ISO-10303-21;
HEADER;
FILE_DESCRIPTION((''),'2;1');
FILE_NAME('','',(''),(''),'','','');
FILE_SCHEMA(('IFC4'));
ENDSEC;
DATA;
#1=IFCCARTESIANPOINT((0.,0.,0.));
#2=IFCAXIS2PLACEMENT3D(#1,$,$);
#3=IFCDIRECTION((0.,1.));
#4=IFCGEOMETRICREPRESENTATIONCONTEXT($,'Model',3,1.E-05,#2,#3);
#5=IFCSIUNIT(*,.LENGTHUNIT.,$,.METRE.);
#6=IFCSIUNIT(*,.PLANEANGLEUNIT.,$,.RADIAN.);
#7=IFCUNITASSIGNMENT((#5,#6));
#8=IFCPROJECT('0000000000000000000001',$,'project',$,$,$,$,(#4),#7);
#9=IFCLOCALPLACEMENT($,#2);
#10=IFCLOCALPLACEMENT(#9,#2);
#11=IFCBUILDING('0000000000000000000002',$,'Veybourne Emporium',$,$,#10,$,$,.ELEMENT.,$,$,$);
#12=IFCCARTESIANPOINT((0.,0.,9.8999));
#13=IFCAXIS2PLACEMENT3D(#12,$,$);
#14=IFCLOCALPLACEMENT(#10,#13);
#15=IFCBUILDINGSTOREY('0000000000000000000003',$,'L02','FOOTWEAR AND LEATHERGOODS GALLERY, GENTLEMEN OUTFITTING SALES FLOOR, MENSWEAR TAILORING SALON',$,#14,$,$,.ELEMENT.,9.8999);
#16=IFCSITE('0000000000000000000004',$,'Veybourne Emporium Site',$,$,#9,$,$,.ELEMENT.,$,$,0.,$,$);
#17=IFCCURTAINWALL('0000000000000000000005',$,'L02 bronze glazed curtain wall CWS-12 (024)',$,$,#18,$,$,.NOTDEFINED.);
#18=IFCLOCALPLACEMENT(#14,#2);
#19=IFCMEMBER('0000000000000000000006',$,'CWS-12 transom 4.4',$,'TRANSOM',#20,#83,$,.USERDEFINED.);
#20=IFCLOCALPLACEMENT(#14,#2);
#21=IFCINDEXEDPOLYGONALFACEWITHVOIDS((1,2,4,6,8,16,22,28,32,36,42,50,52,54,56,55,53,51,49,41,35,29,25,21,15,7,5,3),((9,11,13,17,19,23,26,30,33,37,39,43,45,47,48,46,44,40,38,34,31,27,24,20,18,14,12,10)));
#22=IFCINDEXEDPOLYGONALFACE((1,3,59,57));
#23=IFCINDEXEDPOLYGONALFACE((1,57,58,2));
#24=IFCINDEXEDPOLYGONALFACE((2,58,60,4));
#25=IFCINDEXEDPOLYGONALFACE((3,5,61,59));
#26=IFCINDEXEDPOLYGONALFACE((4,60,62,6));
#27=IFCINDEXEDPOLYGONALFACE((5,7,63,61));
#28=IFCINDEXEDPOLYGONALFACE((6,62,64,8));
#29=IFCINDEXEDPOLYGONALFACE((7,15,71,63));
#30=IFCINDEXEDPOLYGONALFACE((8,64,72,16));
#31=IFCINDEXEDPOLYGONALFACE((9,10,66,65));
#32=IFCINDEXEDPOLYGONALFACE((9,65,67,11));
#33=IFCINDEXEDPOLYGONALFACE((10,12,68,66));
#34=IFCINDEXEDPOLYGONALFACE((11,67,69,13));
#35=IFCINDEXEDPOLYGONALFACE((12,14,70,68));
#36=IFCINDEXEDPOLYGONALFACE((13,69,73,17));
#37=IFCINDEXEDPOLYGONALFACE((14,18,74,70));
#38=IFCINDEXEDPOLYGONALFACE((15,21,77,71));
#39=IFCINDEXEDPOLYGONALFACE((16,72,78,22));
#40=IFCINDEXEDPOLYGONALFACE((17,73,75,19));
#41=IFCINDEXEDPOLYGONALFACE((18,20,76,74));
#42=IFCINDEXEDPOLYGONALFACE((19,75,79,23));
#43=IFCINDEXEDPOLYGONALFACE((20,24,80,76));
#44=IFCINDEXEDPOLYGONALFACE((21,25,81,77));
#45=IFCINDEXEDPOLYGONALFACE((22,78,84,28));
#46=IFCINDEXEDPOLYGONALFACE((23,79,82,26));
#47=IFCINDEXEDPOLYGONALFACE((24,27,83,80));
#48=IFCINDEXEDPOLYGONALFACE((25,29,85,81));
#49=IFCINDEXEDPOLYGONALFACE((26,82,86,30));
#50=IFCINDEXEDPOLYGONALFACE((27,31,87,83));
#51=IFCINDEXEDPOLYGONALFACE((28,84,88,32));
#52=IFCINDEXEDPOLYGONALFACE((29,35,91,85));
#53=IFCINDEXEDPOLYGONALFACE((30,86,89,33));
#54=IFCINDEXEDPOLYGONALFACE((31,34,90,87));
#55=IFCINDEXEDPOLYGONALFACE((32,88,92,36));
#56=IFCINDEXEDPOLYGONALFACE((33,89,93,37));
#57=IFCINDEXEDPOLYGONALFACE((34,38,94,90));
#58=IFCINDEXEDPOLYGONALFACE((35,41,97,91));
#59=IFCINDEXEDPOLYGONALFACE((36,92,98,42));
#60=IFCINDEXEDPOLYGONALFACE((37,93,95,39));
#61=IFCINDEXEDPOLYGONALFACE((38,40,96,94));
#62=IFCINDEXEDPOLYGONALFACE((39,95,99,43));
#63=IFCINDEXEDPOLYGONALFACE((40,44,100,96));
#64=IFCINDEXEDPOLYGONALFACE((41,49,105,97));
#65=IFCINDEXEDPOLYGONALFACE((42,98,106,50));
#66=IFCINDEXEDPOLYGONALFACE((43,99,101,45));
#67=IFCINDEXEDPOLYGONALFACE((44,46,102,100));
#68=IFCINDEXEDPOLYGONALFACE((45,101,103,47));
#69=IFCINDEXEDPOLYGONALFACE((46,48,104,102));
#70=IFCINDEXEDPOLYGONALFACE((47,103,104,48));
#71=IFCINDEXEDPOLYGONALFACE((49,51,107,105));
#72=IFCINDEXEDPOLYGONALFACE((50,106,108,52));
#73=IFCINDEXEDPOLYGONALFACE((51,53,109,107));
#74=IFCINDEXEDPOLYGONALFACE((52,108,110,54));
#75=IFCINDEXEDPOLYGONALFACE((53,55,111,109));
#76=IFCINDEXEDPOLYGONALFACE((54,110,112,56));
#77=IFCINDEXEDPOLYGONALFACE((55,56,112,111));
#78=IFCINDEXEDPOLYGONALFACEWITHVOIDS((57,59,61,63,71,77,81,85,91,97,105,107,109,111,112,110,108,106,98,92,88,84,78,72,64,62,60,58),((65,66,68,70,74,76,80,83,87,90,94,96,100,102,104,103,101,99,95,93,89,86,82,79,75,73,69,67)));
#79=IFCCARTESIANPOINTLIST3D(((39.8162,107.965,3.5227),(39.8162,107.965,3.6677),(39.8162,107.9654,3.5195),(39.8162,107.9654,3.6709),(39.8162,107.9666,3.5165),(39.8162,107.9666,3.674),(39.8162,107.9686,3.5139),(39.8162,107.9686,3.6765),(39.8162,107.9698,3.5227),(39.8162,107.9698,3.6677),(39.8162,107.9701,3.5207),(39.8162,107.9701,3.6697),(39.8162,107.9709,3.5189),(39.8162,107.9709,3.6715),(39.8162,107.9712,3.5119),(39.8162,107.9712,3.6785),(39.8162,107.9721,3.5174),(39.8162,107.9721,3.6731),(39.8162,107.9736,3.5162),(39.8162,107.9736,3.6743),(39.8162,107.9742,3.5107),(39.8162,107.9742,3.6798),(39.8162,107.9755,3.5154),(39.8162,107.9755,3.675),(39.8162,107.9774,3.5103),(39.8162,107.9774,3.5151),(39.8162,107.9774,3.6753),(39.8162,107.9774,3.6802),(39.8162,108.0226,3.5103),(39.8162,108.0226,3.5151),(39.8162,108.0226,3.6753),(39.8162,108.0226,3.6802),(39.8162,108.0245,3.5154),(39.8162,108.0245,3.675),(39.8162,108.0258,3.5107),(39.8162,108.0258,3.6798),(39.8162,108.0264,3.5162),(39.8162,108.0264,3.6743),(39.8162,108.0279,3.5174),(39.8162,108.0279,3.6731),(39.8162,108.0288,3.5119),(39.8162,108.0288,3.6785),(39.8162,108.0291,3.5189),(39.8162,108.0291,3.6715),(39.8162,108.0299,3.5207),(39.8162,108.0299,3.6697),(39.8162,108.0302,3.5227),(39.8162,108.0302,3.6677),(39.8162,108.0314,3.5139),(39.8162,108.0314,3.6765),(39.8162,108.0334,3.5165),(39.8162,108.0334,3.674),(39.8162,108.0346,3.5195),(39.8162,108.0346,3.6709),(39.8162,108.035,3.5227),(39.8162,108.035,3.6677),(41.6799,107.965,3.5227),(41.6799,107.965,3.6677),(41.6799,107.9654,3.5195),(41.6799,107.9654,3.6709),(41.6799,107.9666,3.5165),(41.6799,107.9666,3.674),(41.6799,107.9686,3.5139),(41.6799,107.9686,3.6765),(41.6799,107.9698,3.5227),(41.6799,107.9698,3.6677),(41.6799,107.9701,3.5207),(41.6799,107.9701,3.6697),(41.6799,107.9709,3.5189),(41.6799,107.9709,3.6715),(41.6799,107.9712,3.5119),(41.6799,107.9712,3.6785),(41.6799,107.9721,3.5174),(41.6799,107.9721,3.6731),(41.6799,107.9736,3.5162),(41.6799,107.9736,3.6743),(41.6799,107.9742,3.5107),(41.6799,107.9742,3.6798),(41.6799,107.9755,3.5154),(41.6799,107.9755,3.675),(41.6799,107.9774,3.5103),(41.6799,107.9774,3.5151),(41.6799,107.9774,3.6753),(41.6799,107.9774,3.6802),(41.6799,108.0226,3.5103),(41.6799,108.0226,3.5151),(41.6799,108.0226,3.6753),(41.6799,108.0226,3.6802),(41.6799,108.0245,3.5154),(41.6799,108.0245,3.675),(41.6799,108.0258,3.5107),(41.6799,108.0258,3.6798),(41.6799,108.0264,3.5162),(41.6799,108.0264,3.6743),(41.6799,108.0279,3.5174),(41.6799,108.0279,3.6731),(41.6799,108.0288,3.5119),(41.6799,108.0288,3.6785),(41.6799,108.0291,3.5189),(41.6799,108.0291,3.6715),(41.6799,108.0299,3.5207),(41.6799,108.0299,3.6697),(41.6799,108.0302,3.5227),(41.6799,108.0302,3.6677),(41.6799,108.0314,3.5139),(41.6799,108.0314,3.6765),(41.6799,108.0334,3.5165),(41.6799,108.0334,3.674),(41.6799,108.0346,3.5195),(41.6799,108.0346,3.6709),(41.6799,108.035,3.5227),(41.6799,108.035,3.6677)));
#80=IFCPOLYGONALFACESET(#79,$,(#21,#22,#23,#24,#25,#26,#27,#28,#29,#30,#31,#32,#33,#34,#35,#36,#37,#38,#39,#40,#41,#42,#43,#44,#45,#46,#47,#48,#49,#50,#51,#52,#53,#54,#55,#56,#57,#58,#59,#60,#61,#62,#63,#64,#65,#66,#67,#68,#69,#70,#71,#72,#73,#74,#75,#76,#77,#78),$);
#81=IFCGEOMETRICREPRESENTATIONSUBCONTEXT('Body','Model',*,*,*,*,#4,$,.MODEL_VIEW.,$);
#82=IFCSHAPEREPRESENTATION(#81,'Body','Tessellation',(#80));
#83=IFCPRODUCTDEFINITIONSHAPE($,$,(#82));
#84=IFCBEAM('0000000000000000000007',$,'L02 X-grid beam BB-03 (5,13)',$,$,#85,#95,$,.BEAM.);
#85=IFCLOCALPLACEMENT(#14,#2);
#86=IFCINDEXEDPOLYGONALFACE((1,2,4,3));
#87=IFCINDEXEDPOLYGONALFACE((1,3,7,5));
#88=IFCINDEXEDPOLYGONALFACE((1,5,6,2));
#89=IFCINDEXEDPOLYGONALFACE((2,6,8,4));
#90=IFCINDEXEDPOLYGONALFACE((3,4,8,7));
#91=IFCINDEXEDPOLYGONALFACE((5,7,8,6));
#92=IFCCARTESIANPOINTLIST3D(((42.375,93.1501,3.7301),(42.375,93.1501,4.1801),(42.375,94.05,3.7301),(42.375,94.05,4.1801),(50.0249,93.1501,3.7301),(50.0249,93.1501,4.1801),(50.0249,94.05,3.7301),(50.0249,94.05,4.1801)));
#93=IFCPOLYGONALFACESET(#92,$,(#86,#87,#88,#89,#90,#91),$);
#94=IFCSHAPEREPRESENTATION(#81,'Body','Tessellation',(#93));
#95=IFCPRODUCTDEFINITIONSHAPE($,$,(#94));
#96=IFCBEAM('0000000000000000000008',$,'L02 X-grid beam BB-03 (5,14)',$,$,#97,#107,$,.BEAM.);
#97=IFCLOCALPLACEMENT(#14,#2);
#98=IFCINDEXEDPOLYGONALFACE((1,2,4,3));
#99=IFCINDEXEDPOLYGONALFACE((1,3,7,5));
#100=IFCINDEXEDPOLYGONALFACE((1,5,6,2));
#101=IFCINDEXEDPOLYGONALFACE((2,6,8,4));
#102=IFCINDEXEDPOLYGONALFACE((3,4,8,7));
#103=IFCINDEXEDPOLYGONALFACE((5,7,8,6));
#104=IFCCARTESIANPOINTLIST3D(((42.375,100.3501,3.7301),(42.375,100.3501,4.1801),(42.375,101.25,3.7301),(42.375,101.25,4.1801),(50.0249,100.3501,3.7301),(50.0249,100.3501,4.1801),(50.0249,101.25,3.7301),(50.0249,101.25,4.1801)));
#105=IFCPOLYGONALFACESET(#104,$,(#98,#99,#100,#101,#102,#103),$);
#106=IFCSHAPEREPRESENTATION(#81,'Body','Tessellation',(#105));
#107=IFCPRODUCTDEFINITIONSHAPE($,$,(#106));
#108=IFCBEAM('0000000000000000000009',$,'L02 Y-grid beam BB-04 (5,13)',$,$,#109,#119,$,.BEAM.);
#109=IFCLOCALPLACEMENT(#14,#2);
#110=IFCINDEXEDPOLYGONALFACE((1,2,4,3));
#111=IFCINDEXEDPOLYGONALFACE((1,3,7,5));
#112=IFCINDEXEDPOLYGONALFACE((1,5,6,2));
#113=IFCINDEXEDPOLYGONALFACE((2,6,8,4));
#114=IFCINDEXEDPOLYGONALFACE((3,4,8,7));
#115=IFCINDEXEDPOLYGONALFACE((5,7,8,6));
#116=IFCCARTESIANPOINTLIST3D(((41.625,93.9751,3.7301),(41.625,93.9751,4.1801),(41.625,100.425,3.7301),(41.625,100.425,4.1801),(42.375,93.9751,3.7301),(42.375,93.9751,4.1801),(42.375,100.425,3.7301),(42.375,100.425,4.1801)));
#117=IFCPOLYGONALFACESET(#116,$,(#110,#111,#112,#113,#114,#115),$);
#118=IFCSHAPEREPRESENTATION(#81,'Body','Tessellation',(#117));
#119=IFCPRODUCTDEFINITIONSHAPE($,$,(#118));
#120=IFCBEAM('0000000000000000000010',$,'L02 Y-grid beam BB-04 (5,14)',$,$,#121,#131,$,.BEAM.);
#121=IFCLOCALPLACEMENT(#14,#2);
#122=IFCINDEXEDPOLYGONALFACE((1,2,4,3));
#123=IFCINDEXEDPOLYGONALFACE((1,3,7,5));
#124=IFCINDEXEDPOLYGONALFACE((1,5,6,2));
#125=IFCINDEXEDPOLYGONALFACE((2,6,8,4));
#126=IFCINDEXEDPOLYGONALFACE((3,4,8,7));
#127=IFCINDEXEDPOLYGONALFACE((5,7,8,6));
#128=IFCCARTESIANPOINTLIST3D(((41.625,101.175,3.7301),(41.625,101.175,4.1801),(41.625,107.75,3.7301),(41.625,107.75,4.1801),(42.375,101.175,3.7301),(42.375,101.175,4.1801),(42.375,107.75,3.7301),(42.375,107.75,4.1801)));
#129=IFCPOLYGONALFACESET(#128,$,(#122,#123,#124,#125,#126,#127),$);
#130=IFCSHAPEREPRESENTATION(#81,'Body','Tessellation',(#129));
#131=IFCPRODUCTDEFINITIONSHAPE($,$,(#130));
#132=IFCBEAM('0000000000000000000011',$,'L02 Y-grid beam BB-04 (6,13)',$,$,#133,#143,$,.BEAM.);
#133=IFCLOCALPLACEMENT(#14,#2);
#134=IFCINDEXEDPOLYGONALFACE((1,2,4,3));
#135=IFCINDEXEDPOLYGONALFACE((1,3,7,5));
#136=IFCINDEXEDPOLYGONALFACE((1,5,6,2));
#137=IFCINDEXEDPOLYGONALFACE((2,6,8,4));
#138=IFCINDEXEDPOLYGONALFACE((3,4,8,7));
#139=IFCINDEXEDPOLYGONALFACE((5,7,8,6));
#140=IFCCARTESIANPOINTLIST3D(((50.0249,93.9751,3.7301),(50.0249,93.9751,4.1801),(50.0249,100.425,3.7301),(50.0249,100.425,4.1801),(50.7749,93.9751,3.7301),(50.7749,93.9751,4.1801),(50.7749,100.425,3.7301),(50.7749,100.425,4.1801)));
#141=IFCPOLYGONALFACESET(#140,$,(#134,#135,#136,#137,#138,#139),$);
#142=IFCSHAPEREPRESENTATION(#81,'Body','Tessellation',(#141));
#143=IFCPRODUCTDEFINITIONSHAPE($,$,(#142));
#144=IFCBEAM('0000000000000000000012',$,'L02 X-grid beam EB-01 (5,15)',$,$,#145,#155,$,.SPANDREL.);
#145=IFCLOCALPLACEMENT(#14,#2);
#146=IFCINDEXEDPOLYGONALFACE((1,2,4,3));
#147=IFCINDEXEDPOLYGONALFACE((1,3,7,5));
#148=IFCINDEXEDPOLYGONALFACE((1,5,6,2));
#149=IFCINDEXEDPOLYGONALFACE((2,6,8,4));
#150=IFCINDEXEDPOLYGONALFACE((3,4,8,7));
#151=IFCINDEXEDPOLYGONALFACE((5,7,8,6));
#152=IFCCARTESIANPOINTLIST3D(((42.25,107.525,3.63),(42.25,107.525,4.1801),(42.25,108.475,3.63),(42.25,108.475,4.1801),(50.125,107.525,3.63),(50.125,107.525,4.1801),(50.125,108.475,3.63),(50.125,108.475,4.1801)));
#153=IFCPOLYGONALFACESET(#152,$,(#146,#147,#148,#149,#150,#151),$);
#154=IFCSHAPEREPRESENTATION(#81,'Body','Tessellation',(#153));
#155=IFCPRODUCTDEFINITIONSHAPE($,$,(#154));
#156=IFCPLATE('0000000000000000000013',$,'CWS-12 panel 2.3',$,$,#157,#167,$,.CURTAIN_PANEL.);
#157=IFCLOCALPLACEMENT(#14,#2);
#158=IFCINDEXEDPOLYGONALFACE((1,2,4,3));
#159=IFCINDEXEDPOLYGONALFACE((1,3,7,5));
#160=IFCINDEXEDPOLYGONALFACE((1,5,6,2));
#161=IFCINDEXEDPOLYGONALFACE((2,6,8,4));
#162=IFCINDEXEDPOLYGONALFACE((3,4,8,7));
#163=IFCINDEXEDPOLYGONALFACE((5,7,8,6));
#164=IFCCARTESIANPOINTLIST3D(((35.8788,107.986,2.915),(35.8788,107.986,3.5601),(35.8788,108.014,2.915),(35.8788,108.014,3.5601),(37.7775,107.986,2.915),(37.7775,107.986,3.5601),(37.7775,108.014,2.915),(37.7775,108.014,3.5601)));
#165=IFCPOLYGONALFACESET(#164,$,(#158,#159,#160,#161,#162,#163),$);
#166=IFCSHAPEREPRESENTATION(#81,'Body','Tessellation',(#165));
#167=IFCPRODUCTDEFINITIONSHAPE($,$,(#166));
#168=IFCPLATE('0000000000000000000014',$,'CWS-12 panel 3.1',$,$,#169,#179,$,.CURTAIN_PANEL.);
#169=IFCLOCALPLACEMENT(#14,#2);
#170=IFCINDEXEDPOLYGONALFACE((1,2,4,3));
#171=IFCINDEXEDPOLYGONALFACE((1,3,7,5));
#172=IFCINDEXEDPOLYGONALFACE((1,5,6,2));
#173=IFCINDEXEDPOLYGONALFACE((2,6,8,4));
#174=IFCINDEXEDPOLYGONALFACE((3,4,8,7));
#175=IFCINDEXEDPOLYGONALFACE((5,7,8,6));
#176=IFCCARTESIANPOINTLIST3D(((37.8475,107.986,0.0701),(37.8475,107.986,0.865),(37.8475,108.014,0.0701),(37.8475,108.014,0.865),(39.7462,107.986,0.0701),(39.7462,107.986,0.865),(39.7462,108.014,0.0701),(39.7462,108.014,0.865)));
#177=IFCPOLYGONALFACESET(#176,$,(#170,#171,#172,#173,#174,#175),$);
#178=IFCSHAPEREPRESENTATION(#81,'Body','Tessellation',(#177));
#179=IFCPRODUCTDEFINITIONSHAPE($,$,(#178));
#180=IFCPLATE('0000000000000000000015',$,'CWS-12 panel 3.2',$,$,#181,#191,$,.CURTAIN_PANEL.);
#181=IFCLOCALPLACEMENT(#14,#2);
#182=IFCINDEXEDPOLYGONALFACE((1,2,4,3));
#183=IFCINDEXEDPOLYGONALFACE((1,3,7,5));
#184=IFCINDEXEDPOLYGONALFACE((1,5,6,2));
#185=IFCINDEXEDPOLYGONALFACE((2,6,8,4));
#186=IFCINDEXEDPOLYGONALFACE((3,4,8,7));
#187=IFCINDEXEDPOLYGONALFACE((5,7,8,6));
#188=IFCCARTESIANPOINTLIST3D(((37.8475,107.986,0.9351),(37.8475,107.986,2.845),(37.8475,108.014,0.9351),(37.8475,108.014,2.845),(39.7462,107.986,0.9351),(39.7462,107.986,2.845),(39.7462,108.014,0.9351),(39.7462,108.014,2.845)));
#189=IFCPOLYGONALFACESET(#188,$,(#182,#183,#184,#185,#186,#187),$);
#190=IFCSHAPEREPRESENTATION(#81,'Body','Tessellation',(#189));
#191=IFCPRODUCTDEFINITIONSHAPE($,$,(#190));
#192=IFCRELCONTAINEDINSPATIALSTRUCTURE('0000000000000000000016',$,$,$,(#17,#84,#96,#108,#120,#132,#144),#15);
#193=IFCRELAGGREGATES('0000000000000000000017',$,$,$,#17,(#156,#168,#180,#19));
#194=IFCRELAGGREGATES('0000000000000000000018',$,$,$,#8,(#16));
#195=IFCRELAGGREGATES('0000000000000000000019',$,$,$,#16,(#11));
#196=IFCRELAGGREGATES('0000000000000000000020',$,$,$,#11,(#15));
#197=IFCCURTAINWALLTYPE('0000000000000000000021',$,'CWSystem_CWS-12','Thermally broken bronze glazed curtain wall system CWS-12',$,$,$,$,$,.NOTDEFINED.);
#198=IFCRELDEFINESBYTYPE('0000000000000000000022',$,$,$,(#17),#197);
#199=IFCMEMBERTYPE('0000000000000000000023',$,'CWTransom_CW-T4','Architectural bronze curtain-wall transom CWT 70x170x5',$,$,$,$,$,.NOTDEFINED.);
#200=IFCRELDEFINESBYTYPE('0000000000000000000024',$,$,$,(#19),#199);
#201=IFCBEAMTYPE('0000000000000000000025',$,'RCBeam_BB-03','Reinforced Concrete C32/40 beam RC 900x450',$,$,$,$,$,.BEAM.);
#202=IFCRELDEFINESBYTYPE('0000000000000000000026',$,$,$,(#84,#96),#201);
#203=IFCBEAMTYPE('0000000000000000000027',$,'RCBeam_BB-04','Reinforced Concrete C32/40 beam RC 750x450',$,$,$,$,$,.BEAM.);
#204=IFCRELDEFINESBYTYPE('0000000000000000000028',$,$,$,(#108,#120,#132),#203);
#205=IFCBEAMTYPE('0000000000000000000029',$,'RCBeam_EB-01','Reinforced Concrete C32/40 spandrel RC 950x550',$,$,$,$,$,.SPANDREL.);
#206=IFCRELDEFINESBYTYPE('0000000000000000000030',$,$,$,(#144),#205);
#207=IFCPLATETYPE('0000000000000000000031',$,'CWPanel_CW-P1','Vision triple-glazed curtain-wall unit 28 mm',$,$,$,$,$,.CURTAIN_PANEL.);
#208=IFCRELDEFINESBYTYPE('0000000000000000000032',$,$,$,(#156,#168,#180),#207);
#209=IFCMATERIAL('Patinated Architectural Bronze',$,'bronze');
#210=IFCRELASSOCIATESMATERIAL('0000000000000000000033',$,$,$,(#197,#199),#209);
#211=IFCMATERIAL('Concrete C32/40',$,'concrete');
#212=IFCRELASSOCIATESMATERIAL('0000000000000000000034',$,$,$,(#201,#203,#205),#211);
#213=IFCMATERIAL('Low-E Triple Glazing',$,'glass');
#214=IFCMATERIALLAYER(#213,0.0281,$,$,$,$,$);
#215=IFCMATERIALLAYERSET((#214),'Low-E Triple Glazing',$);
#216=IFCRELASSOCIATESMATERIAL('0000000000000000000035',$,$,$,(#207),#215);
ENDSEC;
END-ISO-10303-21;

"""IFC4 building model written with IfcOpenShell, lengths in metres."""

from ifc_helpers import new_model, si_unit, direction, frame, origin, origin_2d, place, context, subcontext, project, spatial, rectangle, hollow_rectangle, extrude, material, layer, layer_set, material_profile, profile_set, type_object, element, aggregate, save


model = new_model("IFC4")

# Units and contexts
model_context = context("Model", 3, precision=1e-05, world=origin(), true_north=direction((0.0, 1.0)))
body_context = subcontext(model_context, "Body", "Model", "MODEL_VIEW")
ifc_project = project(units=[si_unit("LENGTHUNIT", "METRE"), si_unit("PLANEANGLEUNIT", "RADIAN")], contexts=[model_context])

# Site, building, storey
site_placement = place(None, origin())
site = spatial("IfcSite", under=ifc_project, at=site_placement, Name="Veybourne Emporium Site", CompositionType="ELEMENT", RefElevation=0.0)
building_placement = place(site_placement, origin())
building = spatial("IfcBuilding", under=site, at=building_placement, Name="Veybourne Emporium", CompositionType="ELEMENT")
storey_placement = place(building_placement, frame((0.0, 0.0, 9.8999)))
storey = spatial("IfcBuildingStorey", under=building, at=storey_placement, Name="L02", Description="FOOTWEAR AND LEATHERGOODS GALLERY, GENTLEMEN OUTFITTING SALES FLOOR, MENSWEAR TAILORING SALON", CompositionType="ELEMENT", Elevation=9.8999)

# Curtain wall, member
ifc_material_1 = material(Name="Patinated Architectural Bronze", Category="bronze")
curtain_wall_type = type_object("IfcCurtainWallType", Name="CWSystem_CWS-12", Description="Thermally broken bronze glazed curtain wall system CWS-12", PredefinedType="NOTDEFINED", material=ifc_material_1)
curtain_wall_placement = place(storey_placement, origin())
curtain_wall = element("IfcCurtainWall", 1, at=curtain_wall_placement, inside=storey, type_object=curtain_wall_type, Name="L02 bronze glazed curtain wall CWS-12 (024)", PredefinedType="NOTDEFINED")
ifc_material_profile_1 = material_profile(ifc_material_1, hollow_rectangle(XDim=0.0701, YDim=0.1699, WallThickness=0.0049, InnerFilletRadius=0.0076, OuterFilletRadius=0.0125, at=origin_2d()), Name="CWT 70x170x5")
ifc_profile_set_1 = profile_set([ifc_material_profile_1], Name="Patinated Architectural Bronze")
member_type_1 = type_object("IfcMemberType", Name="CWTransom_CW-T4", Description="Architectural bronze curtain-wall transom CWT 70x170x5", PredefinedType="NOTDEFINED", material=ifc_profile_set_1)
member_1_placement = place(storey_placement, frame((39.8162, 108.0, 3.5952), z_axis=(1.0, 0.0, 0.0), x_axis=(0.0, 1.0, 0.0)))
member_1 = element("IfcMember", 2, at=member_1_placement, type_object=member_type_1, Name="CWS-12 transom 4.4", ObjectType="TRANSOM", PredefinedType="USERDEFINED", context=body_context, shape_type="SweptSolid", body=[
    extrude(hollow_rectangle(XDim=0.0701, YDim=0.1699, WallThickness=0.0049, InnerFilletRadius=0.0076, OuterFilletRadius=0.0125, at=origin_2d()), origin(), (0.0, 0.0, 1.0), 1.8638),
])

# Beams
ifc_material_2 = material(Name="Concrete C32/40", Category="concrete")
ifc_material_profile_2 = material_profile(ifc_material_2, rectangle(XDim=0.8999, YDim=0.45, at=origin_2d()), Name="RC 900x450")
ifc_profile_set_2 = profile_set([ifc_material_profile_2], Name="Concrete C32/40")
beam_type_1 = type_object("IfcBeamType", Name="RCBeam_BB-03", Description="Reinforced Concrete C32/40 beam RC 900x450", PredefinedType="BEAM", material=ifc_profile_set_2)
for number, where, z_axis, x_axis, name in (
    (3, (42.375, 93.6001, 3.9551), (1.0, 0.0, 0.0), (0.0, 1.0, 0.0), "L02 X-grid beam BB-03 (5,13)"),
    (4, (42.375, 100.8, 3.9551), (1.0, 0.0, 0.0), (0.0, 1.0, 0.0), "L02 X-grid beam BB-03 (5,14)"),
):
    element("IfcBeam", number, at=place(storey_placement, frame(where, z_axis=z_axis, x_axis=x_axis)), inside=storey, type_object=beam_type_1, Name=name, PredefinedType="BEAM", context=body_context, shape_type="SweptSolid", body=[
        extrude(rectangle(XDim=0.8999, YDim=0.45, at=origin_2d()), origin(), (0.0, 0.0, 1.0), 7.6499),
    ])
ifc_material_profile_3 = material_profile(ifc_material_2, rectangle(XDim=0.75, YDim=0.45, at=origin_2d()), Name="RC 750x450")
ifc_profile_set_3 = profile_set([ifc_material_profile_3], Name="Concrete C32/40")
beam_type_2 = type_object("IfcBeamType", Name="RCBeam_BB-04", Description="Reinforced Concrete C32/40 beam RC 750x450", PredefinedType="BEAM", material=ifc_profile_set_3)
beam_1_placement = place(storey_placement, frame((42.0, 93.9751, 3.9551), z_axis=(0.0, 1.0, 0.0), x_axis=(-1.0, 0.0, 0.0)))
element("IfcBeam", 5, at=beam_1_placement, inside=storey, type_object=beam_type_2, Name="L02 Y-grid beam BB-04 (5,13)", PredefinedType="BEAM", context=body_context, shape_type="SweptSolid", body=[
    extrude(rectangle(XDim=0.75, YDim=0.45, at=origin_2d()), origin(), (0.0, 0.0, 1.0), 6.45),
])
beam_2_placement = place(storey_placement, frame((42.0, 101.175, 3.9551), z_axis=(0.0, 1.0, 0.0), x_axis=(-1.0, 0.0, 0.0)))
element("IfcBeam", 6, at=beam_2_placement, inside=storey, type_object=beam_type_2, Name="L02 Y-grid beam BB-04 (5,14)", PredefinedType="BEAM", context=body_context, shape_type="SweptSolid", body=[
    extrude(rectangle(XDim=0.75, YDim=0.45, at=origin_2d()), origin(), (0.0, 0.0, 1.0), 6.575),
])
beam_3_placement = place(storey_placement, frame((50.3999, 93.9751, 3.9551), z_axis=(0.0, 1.0, 0.0), x_axis=(-1.0, 0.0, 0.0)))
element("IfcBeam", 7, at=beam_3_placement, inside=storey, type_object=beam_type_2, Name="L02 Y-grid beam BB-04 (6,13)", PredefinedType="BEAM", context=body_context, shape_type="SweptSolid", body=[
    extrude(rectangle(XDim=0.75, YDim=0.45, at=origin_2d()), origin(), (0.0, 0.0, 1.0), 6.45),
])
ifc_material_profile_4 = material_profile(ifc_material_2, rectangle(XDim=0.95, YDim=0.55, at=origin_2d()), Name="RC 950x550")
ifc_profile_set_4 = profile_set([ifc_material_profile_4], Name="Concrete C32/40")
beam_type_3 = type_object("IfcBeamType", Name="RCBeam_EB-01", Description="Reinforced Concrete C32/40 spandrel RC 950x550", PredefinedType="SPANDREL", material=ifc_profile_set_4)
beam_4_placement = place(storey_placement, frame((42.25, 108.0, 3.905), z_axis=(1.0, 0.0, 0.0), x_axis=(0.0, 1.0, 0.0)))
element("IfcBeam", 8, at=beam_4_placement, inside=storey, type_object=beam_type_3, Name="L02 X-grid beam EB-01 (5,15)", PredefinedType="SPANDREL", context=body_context, shape_type="SweptSolid", body=[
    extrude(rectangle(XDim=0.95, YDim=0.55, at=origin_2d()), origin(), (0.0, 0.0, 1.0), 7.875),
])

# Plates
ifc_material_3 = material(Name="Low-E Triple Glazing", Category="glass")
ifc_layer_1 = layer(ifc_material_3, 0.0281)
ifc_layer_set_1 = layer_set([ifc_layer_1], Name="Low-E Triple Glazing")
plate_type = type_object("IfcPlateType", Name="CWPanel_CW-P1", Description="Vision triple-glazed curtain-wall unit 28 mm", PredefinedType="CURTAIN_PANEL", material=ifc_layer_set_1)
plate_1_placement = place(storey_placement, frame((36.8281, 108.0, 2.915), z_axis=(0.0, 0.0, 1.0), x_axis=(1.0, 0.0, 0.0)))
plate_1 = element("IfcPlate", 9, at=plate_1_placement, type_object=plate_type, Name="CWS-12 panel 2.3", PredefinedType="CURTAIN_PANEL", context=body_context, shape_type="SweptSolid", body=[
    extrude(rectangle(XDim=1.8987, YDim=0.0281, at=origin_2d()), origin(), (0.0, 0.0, 1.0), 0.645),
])
plate_2_placement = place(storey_placement, frame((38.7969, 108.0, 0.0701), z_axis=(0.0, 0.0, 1.0), x_axis=(1.0, 0.0, 0.0)))
plate_2 = element("IfcPlate", 10, at=plate_2_placement, type_object=plate_type, Name="CWS-12 panel 3.1", PredefinedType="CURTAIN_PANEL", context=body_context, shape_type="SweptSolid", body=[
    extrude(rectangle(XDim=1.8987, YDim=0.0281, at=origin_2d()), origin(), (0.0, 0.0, 1.0), 0.7949),
])
plate_3_placement = place(storey_placement, frame((38.7969, 108.0, 0.9351), z_axis=(0.0, 0.0, 1.0), x_axis=(1.0, 0.0, 0.0)))
plate_3 = element("IfcPlate", 11, at=plate_3_placement, type_object=plate_type, Name="CWS-12 panel 3.2", PredefinedType="CURTAIN_PANEL", context=body_context, shape_type="SweptSolid", body=[
    extrude(rectangle(XDim=1.8987, YDim=0.0281, at=origin_2d()), origin(), (0.0, 0.0, 1.0), 1.9099),
])
aggregate(curtain_wall, [plate_1, plate_2, plate_3, member_1])

save(model, "model.ifc")
